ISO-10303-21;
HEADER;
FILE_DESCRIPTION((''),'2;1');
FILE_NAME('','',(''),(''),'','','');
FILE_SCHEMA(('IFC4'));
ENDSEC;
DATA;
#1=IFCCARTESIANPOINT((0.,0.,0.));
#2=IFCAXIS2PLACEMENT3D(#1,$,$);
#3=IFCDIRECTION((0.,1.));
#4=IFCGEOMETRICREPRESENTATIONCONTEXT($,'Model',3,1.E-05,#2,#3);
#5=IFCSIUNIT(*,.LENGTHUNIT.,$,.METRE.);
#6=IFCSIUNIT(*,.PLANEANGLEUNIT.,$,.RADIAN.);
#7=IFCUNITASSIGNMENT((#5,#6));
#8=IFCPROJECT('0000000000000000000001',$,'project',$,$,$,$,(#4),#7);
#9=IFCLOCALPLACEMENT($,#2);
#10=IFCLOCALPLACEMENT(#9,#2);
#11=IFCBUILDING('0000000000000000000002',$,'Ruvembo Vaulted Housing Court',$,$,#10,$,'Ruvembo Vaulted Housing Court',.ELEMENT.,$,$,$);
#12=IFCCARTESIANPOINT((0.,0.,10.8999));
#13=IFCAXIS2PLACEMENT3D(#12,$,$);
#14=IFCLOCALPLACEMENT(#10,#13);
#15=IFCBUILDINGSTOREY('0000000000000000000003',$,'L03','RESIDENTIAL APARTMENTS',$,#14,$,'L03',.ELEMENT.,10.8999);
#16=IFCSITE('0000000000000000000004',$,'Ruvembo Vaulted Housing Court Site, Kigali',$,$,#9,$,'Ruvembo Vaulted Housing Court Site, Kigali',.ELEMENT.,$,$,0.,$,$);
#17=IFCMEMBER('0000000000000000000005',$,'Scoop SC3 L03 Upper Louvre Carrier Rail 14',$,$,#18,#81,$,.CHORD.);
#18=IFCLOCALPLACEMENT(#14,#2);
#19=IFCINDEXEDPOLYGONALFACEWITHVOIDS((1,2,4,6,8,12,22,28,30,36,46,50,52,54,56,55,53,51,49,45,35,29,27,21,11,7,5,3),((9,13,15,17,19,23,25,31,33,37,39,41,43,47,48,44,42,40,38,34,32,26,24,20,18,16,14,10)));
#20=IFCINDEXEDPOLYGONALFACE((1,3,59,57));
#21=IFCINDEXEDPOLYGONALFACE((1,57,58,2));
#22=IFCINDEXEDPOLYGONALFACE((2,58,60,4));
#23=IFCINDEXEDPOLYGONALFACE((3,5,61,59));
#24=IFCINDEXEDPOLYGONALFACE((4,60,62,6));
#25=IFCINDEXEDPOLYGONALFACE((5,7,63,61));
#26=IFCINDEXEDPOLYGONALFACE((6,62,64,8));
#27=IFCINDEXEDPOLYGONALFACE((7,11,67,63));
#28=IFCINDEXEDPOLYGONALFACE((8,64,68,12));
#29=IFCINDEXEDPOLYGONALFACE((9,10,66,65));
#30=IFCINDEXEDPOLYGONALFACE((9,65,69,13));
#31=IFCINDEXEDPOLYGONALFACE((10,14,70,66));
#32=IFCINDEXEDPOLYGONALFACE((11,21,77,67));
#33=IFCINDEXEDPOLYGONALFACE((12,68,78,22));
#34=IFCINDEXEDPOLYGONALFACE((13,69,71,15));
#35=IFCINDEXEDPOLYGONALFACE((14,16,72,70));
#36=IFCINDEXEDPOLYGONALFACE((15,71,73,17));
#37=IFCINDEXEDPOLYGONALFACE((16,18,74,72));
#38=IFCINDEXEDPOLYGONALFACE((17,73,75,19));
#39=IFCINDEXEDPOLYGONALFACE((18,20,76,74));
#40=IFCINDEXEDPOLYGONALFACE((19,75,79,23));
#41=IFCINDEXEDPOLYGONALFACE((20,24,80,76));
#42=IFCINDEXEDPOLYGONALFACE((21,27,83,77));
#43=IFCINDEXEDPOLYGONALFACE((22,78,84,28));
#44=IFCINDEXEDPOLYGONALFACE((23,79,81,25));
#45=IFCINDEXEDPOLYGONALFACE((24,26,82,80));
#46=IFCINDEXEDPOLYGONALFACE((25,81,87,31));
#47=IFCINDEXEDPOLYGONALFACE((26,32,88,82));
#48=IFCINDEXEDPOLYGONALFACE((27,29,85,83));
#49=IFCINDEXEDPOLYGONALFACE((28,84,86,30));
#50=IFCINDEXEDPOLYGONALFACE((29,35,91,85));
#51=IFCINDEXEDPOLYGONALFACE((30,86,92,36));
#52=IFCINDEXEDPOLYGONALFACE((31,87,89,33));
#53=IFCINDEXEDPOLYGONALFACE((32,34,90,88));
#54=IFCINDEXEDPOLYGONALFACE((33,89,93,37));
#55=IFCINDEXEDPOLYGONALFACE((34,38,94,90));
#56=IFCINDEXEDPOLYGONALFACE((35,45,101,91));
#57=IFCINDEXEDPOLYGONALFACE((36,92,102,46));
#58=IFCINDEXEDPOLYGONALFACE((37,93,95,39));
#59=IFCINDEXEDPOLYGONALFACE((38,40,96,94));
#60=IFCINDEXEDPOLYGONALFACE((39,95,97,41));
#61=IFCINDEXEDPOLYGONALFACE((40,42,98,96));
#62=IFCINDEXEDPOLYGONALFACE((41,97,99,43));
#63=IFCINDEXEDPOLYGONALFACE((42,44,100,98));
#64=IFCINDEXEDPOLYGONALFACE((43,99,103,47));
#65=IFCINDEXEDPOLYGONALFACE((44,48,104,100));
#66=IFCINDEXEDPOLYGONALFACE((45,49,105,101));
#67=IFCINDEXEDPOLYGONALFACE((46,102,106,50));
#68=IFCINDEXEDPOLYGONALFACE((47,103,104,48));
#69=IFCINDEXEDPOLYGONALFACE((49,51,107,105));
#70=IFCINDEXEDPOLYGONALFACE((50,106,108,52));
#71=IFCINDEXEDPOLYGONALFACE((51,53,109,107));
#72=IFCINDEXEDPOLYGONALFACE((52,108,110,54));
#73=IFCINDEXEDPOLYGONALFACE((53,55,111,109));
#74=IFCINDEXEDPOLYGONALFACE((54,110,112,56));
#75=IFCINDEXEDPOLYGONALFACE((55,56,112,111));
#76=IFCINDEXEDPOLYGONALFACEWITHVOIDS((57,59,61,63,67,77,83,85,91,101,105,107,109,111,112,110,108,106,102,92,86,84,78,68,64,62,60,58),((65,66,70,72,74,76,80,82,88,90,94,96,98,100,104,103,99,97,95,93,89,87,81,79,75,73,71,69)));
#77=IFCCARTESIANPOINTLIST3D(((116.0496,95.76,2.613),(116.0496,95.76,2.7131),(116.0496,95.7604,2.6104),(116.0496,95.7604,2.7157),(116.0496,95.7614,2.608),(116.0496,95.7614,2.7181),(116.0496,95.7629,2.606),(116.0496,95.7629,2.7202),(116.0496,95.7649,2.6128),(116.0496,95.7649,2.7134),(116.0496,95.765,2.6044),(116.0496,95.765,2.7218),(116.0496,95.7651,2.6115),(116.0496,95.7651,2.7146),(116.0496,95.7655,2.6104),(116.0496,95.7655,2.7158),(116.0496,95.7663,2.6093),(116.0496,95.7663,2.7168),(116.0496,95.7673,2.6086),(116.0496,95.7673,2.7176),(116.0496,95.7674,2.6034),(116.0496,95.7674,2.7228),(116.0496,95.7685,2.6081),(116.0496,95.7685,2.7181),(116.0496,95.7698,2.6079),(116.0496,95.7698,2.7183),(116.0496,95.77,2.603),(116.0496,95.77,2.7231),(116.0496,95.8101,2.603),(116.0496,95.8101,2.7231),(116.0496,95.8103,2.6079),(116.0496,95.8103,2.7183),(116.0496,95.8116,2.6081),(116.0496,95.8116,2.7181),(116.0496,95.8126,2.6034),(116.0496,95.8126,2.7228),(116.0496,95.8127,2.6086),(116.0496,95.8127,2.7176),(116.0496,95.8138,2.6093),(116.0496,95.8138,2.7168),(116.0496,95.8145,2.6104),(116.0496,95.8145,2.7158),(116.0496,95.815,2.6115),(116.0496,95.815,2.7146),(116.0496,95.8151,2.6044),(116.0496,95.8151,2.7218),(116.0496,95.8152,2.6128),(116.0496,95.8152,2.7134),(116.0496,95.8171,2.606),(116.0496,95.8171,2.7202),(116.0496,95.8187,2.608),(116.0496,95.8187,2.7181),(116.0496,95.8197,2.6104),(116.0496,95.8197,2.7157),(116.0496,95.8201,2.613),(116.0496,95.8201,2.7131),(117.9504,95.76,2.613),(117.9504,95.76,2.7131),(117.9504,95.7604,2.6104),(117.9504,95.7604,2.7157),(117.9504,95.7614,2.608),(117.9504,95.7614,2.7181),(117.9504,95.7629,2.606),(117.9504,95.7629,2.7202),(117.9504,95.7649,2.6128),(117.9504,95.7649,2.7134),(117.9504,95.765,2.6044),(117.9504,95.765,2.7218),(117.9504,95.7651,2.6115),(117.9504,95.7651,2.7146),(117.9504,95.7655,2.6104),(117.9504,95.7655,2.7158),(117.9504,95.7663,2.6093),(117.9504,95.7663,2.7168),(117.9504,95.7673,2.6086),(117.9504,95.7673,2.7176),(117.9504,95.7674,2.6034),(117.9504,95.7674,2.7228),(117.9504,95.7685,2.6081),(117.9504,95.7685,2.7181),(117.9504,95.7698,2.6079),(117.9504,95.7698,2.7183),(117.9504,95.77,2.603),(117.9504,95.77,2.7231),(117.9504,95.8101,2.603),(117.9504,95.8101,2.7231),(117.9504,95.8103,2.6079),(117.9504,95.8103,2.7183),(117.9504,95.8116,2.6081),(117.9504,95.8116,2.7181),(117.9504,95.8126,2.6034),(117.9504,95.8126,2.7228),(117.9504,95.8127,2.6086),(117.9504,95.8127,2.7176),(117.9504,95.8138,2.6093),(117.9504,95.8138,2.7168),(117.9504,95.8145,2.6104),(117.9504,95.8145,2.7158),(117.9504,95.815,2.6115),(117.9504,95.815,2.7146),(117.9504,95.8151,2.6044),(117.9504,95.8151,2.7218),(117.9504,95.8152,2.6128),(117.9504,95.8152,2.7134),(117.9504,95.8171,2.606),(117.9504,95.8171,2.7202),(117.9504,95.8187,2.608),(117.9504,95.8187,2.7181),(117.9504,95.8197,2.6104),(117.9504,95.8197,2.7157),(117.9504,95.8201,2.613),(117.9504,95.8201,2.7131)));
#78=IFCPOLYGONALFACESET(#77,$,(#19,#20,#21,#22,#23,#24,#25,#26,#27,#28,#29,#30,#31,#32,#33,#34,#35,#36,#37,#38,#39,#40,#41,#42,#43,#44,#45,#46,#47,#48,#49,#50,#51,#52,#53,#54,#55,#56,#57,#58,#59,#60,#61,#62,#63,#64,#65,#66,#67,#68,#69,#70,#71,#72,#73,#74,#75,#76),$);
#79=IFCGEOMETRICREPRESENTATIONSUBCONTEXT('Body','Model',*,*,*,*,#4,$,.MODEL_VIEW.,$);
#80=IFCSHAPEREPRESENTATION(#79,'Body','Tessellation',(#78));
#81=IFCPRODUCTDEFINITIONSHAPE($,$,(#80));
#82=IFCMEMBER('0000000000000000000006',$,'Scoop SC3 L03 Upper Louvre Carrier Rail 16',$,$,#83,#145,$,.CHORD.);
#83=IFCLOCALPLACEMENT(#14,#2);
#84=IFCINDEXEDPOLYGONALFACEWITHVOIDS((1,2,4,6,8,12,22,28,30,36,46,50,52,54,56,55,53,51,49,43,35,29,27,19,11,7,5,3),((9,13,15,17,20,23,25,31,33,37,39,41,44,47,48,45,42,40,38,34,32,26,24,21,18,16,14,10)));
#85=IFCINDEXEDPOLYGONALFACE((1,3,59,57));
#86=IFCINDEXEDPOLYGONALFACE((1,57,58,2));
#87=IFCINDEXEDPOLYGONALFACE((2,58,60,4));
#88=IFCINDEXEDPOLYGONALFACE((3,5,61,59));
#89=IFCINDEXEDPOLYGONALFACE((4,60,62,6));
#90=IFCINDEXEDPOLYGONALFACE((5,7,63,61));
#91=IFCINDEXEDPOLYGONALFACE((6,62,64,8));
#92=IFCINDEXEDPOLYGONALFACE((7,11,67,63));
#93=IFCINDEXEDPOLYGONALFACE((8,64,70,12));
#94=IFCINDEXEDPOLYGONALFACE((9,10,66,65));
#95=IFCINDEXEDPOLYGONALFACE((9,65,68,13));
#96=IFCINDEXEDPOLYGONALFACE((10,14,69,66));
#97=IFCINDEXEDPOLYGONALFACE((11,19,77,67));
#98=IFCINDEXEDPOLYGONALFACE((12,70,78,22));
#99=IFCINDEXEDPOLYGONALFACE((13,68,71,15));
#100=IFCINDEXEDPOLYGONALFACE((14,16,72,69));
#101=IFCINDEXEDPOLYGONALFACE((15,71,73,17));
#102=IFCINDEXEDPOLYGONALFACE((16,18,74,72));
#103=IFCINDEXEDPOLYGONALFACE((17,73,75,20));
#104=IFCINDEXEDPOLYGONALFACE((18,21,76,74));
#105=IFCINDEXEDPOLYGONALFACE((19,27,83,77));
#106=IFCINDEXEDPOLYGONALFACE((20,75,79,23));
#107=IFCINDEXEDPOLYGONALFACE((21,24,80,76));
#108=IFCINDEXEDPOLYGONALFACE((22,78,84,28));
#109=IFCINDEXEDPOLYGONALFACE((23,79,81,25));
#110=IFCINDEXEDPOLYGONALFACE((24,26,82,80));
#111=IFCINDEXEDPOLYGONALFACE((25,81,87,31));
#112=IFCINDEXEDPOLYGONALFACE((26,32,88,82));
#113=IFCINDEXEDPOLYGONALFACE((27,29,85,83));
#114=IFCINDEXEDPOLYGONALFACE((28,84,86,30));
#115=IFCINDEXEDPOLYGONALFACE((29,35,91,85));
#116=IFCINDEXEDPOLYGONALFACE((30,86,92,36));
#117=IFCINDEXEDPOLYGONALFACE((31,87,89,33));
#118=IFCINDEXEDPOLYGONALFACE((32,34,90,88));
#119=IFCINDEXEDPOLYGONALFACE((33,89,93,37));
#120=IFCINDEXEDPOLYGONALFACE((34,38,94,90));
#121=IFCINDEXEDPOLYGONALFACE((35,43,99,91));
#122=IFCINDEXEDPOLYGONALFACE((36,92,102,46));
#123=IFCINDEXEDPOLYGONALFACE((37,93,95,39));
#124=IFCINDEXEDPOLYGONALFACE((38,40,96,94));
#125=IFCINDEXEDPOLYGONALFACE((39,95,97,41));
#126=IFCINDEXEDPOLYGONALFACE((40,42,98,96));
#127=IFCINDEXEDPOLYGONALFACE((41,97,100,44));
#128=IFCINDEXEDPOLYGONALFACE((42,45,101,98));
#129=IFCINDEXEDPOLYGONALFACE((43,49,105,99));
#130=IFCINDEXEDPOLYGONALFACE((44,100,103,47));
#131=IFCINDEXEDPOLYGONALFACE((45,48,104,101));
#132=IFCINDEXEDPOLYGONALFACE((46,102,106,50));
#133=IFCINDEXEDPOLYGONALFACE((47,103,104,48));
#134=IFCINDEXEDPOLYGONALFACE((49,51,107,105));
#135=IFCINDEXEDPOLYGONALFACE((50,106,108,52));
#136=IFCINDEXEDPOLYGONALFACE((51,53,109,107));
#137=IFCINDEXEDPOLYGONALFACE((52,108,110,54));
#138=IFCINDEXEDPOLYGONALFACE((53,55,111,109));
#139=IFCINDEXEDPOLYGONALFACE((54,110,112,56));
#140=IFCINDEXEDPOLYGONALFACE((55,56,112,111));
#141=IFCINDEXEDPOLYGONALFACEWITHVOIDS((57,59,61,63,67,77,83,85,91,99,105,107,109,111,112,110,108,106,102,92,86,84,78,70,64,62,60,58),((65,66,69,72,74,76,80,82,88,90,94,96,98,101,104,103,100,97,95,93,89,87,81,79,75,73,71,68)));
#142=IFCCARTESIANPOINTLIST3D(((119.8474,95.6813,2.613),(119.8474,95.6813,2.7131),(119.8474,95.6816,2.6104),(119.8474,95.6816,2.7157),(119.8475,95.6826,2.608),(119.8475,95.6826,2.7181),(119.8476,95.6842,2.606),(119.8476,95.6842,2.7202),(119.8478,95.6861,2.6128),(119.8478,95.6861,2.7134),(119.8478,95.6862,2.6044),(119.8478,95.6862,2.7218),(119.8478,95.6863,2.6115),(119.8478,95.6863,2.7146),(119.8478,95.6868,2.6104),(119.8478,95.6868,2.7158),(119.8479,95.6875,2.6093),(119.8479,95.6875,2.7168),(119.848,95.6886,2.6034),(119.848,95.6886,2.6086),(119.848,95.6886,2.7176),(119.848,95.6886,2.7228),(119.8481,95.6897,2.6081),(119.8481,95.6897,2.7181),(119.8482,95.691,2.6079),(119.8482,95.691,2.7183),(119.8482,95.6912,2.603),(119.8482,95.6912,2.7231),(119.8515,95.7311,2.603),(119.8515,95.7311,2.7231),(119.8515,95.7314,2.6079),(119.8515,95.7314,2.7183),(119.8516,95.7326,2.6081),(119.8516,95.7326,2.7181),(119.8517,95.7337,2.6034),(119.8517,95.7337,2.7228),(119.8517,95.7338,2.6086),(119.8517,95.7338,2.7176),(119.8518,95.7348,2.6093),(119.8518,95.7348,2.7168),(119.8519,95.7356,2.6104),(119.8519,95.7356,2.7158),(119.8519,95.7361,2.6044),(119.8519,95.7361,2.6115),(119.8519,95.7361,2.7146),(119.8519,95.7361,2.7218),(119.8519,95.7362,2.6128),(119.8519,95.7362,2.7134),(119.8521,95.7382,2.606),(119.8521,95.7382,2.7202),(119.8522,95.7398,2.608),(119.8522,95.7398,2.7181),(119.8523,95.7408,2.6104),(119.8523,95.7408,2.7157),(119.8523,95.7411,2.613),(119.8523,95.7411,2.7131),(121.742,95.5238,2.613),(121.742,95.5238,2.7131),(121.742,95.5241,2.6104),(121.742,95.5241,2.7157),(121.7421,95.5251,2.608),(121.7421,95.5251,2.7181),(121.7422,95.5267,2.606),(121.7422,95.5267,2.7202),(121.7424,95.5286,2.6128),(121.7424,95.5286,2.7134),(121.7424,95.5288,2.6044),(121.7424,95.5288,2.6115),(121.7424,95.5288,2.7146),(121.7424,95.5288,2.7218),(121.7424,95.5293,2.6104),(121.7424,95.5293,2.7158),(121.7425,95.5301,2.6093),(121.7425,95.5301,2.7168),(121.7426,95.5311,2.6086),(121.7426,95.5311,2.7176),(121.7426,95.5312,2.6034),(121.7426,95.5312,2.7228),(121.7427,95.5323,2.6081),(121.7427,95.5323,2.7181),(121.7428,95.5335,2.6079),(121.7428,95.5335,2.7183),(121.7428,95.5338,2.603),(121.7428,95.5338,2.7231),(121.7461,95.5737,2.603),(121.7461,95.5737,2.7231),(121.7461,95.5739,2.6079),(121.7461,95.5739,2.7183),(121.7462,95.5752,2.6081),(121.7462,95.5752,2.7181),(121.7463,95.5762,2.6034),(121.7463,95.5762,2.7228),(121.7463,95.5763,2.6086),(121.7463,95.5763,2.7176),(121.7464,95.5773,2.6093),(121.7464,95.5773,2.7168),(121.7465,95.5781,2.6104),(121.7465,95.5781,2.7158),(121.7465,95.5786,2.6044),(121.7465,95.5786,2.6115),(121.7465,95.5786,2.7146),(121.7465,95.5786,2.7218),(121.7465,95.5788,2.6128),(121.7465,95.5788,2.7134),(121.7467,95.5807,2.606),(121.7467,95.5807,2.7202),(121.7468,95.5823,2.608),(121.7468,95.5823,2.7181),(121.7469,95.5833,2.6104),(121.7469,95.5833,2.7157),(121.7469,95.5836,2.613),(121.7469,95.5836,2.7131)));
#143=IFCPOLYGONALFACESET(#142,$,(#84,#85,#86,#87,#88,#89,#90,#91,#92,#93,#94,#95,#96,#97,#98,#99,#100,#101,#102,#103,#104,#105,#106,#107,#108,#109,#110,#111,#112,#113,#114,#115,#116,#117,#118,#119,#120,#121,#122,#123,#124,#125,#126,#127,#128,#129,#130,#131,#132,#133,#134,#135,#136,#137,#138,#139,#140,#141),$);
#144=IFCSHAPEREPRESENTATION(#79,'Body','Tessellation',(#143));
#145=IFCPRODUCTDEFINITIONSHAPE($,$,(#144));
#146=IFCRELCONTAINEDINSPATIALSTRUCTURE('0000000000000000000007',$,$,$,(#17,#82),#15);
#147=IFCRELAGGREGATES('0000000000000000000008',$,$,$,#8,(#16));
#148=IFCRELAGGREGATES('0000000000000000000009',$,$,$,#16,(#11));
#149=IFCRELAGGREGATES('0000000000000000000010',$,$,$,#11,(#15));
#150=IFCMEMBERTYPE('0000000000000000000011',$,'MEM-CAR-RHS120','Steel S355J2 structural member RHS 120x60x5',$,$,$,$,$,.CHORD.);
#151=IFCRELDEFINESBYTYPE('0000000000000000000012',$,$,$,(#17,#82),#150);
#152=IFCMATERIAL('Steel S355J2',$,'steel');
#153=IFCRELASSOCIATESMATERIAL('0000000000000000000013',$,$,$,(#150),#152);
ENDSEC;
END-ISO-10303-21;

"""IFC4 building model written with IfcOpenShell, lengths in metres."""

from ifc_helpers import new_model, si_unit, direction, frame, origin, origin_2d, place, context, subcontext, project, spatial, hollow_rectangle, extrude, material, material_profile, profile_set, type_object, element, save


model = new_model("IFC4")

# Units and contexts
model_context = context("Model", 3, precision=1e-05, world=origin(), true_north=direction((0.0, 1.0)))
body_context = subcontext(model_context, "Body", "Model", "MODEL_VIEW")
ifc_project = project(units=[si_unit("LENGTHUNIT", "METRE"), si_unit("PLANEANGLEUNIT", "RADIAN")], contexts=[model_context])

# Site, building, storey
site_placement = place(None, origin())
site = spatial("IfcSite", under=ifc_project, at=site_placement, Name="Ruvembo Vaulted Housing Court Site, Kigali", LongName="Ruvembo Vaulted Housing Court Site, Kigali", CompositionType="ELEMENT", RefElevation=0.0)
building_placement = place(site_placement, origin())
building = spatial("IfcBuilding", under=site, at=building_placement, Name="Ruvembo Vaulted Housing Court", LongName="Ruvembo Vaulted Housing Court", CompositionType="ELEMENT")
storey_placement = place(building_placement, frame((0.0, 0.0, 10.8999)))
storey = spatial("IfcBuildingStorey", under=building, at=storey_placement, Name="L03", Description="RESIDENTIAL APARTMENTS", LongName="L03", CompositionType="ELEMENT", Elevation=10.8999)

# Shared definitions
ifc_material_1 = material(Name="Steel S355J2", Category="steel")

# Members
ifc_material_profile_1 = material_profile(ifc_material_1, hollow_rectangle(XDim=0.0601, YDim=0.1201, WallThickness=0.0049, InnerFilletRadius=0.0049, OuterFilletRadius=0.01, at=origin_2d()), Name="RHS 120x60x5")
ifc_profile_set_1 = profile_set([ifc_material_profile_1], Name="Steel S355J2")
member_type_1 = type_object("IfcMemberType", Name="MEM-CAR-RHS120", Description="Steel S355J2 structural member RHS 120x60x5", PredefinedType="CHORD", material=ifc_profile_set_1)
member_1_placement = place(storey_placement, frame((116.0496, 95.79, 2.6631), z_axis=(1.0, 0.0, 0.0), x_axis=(0.0, 1.0, 0.0)))
element("IfcMember", 1, at=member_1_placement, inside=storey, type_object=member_type_1, Name="Scoop SC3 L03 Upper Louvre Carrier Rail 14", PredefinedType="CHORD", context=body_context, shape_type="SweptSolid", body=[
    extrude(hollow_rectangle(XDim=0.0601, YDim=0.1201, WallThickness=0.0049, InnerFilletRadius=0.0049, OuterFilletRadius=0.01, at=origin_2d()), origin(), (0.0, 0.0, 1.0), 1.9009),
])
member_2_placement = place(storey_placement, frame((119.8499, 95.7112, 2.6631), z_axis=(0.996563, -0.082833, 0.0), x_axis=(0.082833, 0.996563, 0.0)))
element("IfcMember", 2, at=member_2_placement, inside=storey, type_object=member_type_1, Name="Scoop SC3 L03 Upper Louvre Carrier Rail 16", PredefinedType="CHORD", context=body_context, shape_type="SweptSolid", body=[
    extrude(hollow_rectangle(XDim=0.0601, YDim=0.1201, WallThickness=0.0049, InnerFilletRadius=0.0049, OuterFilletRadius=0.01, at=origin_2d()), origin(), (0.0, 0.0, 1.0), 1.9011),
])

save(model, "model.ifc")
